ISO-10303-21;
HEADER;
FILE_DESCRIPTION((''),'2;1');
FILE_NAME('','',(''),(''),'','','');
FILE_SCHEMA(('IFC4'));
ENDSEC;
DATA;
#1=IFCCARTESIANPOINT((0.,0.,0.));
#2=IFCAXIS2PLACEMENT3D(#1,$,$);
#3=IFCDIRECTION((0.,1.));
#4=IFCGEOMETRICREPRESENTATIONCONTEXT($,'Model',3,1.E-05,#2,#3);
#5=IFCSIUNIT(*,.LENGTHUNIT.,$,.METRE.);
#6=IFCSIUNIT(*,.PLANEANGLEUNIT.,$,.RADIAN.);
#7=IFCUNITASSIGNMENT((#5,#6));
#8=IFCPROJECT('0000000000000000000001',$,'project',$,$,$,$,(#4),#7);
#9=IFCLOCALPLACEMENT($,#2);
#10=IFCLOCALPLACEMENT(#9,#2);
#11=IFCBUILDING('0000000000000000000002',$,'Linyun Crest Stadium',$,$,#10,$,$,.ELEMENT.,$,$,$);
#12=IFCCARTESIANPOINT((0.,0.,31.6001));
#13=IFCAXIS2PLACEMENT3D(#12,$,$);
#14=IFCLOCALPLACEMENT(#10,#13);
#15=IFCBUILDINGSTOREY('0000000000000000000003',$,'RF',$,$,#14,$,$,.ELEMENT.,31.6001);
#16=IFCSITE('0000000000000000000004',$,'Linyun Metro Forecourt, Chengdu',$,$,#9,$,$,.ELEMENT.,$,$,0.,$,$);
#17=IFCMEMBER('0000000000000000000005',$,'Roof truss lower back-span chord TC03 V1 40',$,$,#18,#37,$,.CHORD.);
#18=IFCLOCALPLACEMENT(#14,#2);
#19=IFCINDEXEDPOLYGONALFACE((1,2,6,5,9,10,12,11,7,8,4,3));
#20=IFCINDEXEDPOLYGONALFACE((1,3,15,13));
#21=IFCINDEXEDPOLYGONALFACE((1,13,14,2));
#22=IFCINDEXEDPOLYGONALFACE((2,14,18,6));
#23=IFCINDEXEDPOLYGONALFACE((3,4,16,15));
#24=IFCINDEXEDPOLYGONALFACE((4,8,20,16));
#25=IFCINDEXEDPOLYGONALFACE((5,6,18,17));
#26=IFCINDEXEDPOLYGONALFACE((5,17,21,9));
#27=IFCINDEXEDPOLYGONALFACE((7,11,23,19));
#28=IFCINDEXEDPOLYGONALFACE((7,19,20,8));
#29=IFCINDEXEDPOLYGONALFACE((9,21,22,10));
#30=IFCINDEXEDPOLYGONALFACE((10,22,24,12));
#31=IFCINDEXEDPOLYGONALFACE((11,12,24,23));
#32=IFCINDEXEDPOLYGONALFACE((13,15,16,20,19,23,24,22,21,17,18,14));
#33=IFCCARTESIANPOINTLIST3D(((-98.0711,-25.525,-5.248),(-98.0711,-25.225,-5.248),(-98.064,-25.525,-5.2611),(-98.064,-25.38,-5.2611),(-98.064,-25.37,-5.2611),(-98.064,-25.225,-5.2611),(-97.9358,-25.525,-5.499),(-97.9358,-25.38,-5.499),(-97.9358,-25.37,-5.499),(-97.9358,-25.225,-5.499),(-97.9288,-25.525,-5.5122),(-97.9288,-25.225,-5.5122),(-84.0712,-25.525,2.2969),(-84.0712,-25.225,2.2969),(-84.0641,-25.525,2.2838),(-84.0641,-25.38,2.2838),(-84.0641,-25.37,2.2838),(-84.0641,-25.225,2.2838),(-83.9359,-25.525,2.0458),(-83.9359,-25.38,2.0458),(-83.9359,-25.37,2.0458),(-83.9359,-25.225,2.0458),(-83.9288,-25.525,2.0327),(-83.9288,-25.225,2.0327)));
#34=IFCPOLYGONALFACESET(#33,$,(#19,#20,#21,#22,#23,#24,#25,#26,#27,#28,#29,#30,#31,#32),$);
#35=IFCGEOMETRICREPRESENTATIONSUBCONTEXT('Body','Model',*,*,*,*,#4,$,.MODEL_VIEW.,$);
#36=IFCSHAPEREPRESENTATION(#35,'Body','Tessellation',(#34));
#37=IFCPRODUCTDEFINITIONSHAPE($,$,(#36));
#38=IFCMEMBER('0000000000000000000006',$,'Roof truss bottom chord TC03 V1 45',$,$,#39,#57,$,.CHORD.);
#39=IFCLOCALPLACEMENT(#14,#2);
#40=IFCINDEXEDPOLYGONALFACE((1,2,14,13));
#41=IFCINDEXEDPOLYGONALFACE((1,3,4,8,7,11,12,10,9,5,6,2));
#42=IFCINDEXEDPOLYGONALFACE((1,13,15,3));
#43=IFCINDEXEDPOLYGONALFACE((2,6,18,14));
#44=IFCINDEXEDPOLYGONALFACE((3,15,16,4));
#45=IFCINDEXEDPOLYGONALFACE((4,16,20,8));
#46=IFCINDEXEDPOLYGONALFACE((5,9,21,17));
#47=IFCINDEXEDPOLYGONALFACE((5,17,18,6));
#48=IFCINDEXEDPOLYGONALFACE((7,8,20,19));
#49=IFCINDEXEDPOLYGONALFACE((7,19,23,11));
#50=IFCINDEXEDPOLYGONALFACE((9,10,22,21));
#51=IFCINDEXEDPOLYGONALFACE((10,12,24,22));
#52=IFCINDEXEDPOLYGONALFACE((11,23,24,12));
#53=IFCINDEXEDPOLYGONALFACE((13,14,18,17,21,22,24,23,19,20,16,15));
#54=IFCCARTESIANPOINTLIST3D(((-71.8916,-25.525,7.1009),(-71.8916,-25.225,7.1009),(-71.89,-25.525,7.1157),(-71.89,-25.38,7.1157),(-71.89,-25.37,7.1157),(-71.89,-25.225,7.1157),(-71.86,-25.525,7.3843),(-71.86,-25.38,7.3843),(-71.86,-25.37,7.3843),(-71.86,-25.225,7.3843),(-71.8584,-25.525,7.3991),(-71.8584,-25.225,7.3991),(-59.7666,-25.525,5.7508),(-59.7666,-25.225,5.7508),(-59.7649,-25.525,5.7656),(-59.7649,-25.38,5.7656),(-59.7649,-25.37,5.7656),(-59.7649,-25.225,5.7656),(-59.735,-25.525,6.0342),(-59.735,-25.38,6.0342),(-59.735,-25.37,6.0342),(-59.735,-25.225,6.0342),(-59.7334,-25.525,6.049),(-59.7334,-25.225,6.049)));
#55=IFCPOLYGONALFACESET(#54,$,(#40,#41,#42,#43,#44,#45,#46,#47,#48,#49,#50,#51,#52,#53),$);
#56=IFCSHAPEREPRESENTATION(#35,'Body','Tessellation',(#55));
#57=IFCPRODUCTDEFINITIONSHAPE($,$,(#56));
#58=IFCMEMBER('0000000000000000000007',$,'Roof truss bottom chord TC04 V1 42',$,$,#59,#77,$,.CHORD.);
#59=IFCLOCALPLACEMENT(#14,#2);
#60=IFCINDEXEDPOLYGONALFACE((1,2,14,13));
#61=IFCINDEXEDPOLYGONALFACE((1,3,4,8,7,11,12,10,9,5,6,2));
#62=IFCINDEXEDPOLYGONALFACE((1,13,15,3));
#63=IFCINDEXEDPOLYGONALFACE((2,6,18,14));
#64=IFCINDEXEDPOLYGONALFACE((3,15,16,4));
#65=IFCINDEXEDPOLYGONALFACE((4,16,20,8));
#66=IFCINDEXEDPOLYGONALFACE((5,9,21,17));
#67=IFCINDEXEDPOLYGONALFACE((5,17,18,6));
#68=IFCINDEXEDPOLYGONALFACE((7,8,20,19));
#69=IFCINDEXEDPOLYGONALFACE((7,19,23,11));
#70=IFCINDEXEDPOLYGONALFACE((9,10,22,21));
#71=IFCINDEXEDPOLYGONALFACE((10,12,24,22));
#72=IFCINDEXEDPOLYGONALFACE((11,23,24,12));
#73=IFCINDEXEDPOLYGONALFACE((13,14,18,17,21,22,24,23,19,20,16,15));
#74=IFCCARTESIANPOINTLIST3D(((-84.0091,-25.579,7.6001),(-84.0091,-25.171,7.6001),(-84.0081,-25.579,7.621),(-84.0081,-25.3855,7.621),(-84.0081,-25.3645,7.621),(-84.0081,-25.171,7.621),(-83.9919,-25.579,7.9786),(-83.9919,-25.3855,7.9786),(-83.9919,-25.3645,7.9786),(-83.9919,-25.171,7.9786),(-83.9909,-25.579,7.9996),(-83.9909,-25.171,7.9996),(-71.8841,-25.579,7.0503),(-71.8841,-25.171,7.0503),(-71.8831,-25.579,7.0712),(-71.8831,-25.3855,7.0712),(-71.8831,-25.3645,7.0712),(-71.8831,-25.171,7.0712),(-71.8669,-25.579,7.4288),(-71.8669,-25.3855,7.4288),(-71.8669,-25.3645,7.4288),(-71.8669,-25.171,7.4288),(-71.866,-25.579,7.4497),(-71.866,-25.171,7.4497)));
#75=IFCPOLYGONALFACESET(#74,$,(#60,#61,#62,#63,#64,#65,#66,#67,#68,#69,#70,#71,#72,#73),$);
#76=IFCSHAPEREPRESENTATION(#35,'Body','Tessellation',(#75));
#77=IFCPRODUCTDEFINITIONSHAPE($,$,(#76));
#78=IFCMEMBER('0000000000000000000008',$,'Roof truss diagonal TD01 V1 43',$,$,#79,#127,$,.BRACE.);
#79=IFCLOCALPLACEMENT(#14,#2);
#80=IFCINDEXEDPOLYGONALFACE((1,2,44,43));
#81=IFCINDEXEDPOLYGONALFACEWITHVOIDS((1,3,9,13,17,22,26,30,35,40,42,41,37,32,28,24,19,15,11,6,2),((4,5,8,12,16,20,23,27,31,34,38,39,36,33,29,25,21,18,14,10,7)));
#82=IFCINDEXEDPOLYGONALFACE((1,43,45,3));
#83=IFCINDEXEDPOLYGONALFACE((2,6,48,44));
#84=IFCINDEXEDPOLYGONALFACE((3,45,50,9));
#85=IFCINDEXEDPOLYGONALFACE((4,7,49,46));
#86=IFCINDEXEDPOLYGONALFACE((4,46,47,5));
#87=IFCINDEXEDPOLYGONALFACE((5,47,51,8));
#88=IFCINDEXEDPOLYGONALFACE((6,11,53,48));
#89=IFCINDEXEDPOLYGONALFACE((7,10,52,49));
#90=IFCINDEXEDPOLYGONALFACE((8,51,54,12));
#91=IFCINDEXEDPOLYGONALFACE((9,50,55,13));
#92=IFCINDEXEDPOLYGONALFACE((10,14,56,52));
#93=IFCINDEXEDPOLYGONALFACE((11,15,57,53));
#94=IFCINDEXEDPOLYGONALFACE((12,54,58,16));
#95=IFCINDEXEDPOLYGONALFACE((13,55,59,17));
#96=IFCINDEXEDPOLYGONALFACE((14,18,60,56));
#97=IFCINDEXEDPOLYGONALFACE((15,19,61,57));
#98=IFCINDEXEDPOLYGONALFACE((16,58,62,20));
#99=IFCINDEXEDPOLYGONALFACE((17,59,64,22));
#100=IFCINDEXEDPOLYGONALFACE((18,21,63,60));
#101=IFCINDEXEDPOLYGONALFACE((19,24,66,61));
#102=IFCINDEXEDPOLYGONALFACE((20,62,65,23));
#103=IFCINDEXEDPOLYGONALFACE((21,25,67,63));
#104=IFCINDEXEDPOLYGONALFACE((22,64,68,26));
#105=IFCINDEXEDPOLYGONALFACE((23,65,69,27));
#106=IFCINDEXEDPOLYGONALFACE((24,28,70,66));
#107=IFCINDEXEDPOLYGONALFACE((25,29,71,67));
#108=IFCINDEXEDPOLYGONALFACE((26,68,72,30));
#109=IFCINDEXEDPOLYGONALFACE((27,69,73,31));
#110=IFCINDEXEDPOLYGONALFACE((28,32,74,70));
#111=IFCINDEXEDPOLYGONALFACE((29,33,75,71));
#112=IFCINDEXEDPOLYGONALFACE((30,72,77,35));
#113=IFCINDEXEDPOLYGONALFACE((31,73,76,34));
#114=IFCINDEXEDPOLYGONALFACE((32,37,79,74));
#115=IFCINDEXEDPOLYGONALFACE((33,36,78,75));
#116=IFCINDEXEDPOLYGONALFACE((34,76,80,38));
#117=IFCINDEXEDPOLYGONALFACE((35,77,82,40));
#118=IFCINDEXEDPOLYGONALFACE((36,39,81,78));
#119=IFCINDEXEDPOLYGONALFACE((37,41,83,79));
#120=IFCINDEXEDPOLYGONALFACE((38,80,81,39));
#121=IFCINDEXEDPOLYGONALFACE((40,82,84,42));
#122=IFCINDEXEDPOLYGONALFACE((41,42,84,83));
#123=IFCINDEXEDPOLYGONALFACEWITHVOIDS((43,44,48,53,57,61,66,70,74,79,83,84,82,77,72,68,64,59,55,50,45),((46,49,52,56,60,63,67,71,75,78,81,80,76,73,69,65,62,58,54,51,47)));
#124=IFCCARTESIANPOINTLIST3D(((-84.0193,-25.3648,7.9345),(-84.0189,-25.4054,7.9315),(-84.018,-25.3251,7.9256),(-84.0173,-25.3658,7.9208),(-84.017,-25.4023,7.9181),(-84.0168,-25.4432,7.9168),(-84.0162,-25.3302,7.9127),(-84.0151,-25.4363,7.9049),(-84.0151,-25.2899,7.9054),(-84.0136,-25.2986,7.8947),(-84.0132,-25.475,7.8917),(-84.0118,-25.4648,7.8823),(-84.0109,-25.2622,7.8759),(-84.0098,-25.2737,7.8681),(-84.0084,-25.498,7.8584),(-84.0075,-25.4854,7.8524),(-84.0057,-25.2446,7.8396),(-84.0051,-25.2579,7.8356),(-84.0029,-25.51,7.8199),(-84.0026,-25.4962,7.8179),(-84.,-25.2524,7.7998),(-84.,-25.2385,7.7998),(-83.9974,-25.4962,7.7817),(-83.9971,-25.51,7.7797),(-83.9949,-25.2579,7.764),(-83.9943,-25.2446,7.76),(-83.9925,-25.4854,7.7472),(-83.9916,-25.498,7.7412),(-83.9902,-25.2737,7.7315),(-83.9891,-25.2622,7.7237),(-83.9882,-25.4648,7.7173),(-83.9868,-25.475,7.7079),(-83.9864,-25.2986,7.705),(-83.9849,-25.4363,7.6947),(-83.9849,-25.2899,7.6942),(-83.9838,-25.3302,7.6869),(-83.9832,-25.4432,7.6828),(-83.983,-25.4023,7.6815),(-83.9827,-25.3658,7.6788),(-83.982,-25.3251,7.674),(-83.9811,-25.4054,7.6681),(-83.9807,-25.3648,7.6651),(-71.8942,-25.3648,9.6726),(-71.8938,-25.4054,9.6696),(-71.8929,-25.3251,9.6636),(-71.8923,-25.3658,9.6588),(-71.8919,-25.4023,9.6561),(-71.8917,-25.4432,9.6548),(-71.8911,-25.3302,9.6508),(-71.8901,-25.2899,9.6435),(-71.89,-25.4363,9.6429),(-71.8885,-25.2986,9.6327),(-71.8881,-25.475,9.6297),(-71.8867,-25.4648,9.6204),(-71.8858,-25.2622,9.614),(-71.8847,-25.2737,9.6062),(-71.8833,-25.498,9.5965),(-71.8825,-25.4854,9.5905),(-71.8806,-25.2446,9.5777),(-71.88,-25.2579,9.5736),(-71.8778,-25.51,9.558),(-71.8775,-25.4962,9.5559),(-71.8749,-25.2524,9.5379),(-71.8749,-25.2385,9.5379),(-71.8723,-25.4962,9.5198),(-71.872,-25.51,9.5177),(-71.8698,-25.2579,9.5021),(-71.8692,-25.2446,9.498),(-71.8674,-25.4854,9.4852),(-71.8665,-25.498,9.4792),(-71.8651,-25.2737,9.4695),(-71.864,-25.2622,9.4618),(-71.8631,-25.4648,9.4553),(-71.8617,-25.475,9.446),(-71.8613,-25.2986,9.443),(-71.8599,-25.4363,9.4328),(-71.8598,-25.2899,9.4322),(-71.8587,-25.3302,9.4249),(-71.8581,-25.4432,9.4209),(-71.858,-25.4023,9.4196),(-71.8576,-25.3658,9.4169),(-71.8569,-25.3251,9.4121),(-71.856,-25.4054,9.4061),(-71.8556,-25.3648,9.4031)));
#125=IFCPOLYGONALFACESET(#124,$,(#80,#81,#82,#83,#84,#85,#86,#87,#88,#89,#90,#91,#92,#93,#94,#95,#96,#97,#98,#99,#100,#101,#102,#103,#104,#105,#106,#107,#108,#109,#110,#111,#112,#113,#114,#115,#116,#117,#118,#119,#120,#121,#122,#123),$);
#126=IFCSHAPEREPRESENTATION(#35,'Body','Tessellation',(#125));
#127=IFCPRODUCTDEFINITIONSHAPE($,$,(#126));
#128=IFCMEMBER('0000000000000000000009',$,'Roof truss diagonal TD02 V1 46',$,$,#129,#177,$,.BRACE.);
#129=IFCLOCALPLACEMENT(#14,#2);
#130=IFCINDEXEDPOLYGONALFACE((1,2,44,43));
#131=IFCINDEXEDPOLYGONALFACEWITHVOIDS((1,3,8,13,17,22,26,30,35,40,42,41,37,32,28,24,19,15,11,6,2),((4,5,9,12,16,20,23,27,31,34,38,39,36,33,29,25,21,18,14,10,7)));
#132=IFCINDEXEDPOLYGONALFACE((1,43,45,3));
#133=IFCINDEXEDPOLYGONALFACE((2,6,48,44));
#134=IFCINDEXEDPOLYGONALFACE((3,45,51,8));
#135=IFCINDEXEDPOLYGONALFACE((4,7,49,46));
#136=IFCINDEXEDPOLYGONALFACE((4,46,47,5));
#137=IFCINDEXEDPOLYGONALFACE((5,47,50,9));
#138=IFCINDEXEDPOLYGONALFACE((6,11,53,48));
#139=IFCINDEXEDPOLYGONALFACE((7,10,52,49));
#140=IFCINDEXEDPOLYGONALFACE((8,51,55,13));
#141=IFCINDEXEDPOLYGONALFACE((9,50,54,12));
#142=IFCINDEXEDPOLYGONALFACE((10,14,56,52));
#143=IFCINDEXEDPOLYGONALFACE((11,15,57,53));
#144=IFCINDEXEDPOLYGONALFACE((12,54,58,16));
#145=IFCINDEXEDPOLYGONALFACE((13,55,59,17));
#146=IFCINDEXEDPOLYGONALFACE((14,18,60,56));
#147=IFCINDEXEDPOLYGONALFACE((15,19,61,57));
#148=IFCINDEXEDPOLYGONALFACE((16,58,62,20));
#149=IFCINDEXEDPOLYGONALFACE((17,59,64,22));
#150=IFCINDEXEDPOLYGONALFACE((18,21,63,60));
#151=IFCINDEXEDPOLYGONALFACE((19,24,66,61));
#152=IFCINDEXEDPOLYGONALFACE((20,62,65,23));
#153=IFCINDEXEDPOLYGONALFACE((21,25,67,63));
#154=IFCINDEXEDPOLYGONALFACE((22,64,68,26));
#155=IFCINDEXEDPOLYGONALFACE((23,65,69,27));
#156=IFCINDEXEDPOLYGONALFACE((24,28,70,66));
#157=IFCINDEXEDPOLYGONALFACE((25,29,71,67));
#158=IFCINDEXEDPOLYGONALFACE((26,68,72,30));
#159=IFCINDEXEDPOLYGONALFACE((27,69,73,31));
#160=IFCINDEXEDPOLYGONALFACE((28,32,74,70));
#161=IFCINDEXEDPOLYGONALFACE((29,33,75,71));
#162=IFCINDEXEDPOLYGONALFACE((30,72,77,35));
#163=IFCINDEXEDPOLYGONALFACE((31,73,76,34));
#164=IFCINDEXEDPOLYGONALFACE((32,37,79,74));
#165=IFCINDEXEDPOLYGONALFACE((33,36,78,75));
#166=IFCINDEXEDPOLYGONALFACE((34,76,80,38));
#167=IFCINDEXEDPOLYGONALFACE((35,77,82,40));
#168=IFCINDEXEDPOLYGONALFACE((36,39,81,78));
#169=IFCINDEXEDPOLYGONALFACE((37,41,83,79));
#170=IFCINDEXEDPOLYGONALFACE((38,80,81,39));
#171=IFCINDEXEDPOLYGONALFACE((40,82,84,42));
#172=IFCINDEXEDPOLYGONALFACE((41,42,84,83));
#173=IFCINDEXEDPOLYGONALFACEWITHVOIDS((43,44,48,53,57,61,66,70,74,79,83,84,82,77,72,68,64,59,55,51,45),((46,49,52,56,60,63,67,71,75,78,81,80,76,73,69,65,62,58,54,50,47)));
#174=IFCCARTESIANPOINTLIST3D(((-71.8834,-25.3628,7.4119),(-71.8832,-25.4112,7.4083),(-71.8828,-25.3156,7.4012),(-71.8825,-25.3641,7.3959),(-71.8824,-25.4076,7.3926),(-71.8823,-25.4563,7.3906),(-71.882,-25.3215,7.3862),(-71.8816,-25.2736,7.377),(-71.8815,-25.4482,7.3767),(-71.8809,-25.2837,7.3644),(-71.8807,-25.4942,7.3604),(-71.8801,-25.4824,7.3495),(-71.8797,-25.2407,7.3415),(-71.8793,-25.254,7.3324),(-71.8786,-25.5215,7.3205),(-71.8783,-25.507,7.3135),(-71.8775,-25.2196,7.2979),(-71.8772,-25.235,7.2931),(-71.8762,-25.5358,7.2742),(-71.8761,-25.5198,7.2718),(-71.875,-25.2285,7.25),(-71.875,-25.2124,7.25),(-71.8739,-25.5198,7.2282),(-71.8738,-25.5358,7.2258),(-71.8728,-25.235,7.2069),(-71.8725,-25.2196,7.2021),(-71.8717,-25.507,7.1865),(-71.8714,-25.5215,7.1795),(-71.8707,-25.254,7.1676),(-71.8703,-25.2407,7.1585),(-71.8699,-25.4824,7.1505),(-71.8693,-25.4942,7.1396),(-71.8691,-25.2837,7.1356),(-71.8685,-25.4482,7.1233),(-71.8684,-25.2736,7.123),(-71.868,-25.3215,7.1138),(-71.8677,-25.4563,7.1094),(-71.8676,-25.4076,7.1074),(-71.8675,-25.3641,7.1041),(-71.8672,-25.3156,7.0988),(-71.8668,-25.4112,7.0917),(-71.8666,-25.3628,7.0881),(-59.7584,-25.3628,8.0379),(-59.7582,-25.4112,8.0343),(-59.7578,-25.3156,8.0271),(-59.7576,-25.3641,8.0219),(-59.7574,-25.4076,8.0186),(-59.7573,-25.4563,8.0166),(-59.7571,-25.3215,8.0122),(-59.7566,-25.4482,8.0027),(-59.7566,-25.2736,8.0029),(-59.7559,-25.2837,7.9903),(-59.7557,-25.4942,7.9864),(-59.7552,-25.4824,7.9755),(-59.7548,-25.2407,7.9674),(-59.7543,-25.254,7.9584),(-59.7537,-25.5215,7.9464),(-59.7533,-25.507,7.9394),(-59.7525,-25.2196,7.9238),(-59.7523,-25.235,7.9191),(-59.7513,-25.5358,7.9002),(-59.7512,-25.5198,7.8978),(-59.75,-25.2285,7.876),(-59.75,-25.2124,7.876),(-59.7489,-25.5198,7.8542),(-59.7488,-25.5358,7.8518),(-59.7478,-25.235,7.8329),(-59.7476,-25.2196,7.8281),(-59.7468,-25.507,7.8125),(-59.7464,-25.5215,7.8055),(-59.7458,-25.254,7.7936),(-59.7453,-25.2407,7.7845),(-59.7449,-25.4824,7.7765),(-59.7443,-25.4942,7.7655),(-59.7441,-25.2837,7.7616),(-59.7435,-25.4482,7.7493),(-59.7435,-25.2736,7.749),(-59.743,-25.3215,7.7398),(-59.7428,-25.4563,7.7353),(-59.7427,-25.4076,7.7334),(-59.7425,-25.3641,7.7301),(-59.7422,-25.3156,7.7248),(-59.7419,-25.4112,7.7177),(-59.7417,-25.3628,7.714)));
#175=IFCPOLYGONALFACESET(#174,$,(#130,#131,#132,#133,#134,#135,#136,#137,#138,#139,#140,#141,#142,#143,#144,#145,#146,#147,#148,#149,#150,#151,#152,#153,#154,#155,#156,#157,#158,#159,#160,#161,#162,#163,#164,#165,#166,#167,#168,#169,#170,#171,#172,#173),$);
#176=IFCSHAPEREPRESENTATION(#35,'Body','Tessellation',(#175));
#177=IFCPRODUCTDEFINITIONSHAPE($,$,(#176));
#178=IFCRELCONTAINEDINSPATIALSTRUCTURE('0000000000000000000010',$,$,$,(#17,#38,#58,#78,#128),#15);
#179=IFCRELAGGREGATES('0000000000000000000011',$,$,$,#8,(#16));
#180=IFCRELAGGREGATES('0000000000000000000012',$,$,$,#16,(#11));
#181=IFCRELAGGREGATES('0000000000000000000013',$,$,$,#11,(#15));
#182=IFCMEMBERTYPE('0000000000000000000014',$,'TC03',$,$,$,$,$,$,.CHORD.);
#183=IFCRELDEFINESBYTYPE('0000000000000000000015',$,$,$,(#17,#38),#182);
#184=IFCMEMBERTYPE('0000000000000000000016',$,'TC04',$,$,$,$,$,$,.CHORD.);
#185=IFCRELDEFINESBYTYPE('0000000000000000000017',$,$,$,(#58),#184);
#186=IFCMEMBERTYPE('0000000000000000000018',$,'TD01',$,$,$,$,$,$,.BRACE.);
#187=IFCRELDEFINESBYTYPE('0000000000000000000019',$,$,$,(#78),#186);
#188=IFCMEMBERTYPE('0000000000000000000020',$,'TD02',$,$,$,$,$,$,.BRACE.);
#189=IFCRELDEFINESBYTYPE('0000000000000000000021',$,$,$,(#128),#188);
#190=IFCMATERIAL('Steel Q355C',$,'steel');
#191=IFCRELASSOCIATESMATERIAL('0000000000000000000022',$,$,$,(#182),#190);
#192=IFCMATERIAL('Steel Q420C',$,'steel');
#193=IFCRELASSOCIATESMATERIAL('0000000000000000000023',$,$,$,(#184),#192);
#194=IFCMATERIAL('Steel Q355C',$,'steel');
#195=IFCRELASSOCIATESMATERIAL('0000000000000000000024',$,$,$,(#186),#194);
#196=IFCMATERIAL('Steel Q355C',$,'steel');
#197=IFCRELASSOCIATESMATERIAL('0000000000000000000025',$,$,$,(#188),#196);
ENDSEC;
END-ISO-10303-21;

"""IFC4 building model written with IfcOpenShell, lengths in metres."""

from ifc_helpers import new_model, si_unit, direction, frame, origin, origin_2d, place, context, subcontext, project, spatial, hollow_circle, i_section, extrude, material, material_profile, profile_set, type_object, element, save


model = new_model("IFC4")

# Units and contexts
model_context = context("Model", 3, precision=1e-05, world=origin(), true_north=direction((0.0, 1.0)))
body_context = subcontext(model_context, "Body", "Model", "MODEL_VIEW")
ifc_project = project(units=[si_unit("LENGTHUNIT", "METRE"), si_unit("PLANEANGLEUNIT", "RADIAN")], contexts=[model_context])

# Site, building, storey
site_placement = place(None, origin())
site = spatial("IfcSite", under=ifc_project, at=site_placement, Name="Linyun Metro Forecourt, Chengdu", CompositionType="ELEMENT", RefElevation=0.0)
building_placement = place(site_placement, origin())
building = spatial("IfcBuilding", under=site, at=building_placement, Name="Linyun Crest Stadium", CompositionType="ELEMENT")
storey_placement = place(building_placement, frame((0.0, 0.0, 31.6001)))
storey = spatial("IfcBuildingStorey", under=building, at=storey_placement, Name="RF", CompositionType="ELEMENT", Elevation=31.6001)

# Members
ifc_material_1 = material(Name="Steel Q355C", Category="steel")
ifc_material_profile_1 = material_profile(ifc_material_1, i_section(OverallWidth=0.3, OverallDepth=0.3, WebThickness=0.01, FlangeThickness=0.0149, at=origin_2d()), Name="HW 300x300")
ifc_profile_set_1 = profile_set([ifc_material_profile_1], Name="Steel Q355C")
member_type_1 = type_object("IfcMemberType", Name="TC03", PredefinedType="CHORD", material=ifc_profile_set_1)
member_1_placement = place(storey_placement, frame((-84.0, -25.375, 2.1648), z_axis=(-0.880301, 0.0, -0.474415), x_axis=(0.0, -1.0, 0.0)))
element("IfcMember", 1, at=member_1_placement, inside=storey, type_object=member_type_1, Name="Roof truss lower back-span chord TC03 V1 40", PredefinedType="CHORD", context=body_context, shape_type="SweptSolid", body=[
    extrude(i_section(OverallWidth=0.3, OverallDepth=0.3, WebThickness=0.01, FlangeThickness=0.0149, at=origin_2d()), origin(), (0.0, 0.0, 1.0), 15.9036),
])
member_2_placement = place(storey_placement, frame((-71.875, -25.375, 7.25), z_axis=(0.993858, 0.0, -0.110664), x_axis=(0.0, 1.0, 0.0)))
element("IfcMember", 2, at=member_2_placement, inside=storey, type_object=member_type_1, Name="Roof truss bottom chord TC03 V1 45", PredefinedType="CHORD", context=body_context, shape_type="SweptSolid", body=[
    extrude(i_section(OverallWidth=0.3, OverallDepth=0.3, WebThickness=0.01, FlangeThickness=0.0149, at=origin_2d()), origin(), (0.0, 0.0, 1.0), 12.2),
])
ifc_material_2 = material(Name="Steel Q420C", Category="steel")
ifc_material_profile_2 = material_profile(ifc_material_2, i_section(OverallWidth=0.408, OverallDepth=0.3999, WebThickness=0.021, FlangeThickness=0.021, at=origin_2d()), Name="HW 400x408")
ifc_profile_set_2 = profile_set([ifc_material_profile_2], Name="Steel Q420C")
member_type_2 = type_object("IfcMemberType", Name="TC04", PredefinedType="CHORD", material=ifc_profile_set_2)
member_3_placement = place(storey_placement, frame((-84.0, -25.375, 7.7998), z_axis=(0.998974, 0.0, -0.045298), x_axis=(0.0, 1.0, 0.0)))
element("IfcMember", 3, at=member_3_placement, inside=storey, type_object=member_type_2, Name="Roof truss bottom chord TC04 V1 42", PredefinedType="CHORD", context=body_context, shape_type="SweptSolid", body=[
    extrude(i_section(OverallWidth=0.408, OverallDepth=0.3999, WebThickness=0.021, FlangeThickness=0.021, at=origin_2d()), origin(), (0.0, 0.0, 1.0), 12.1375),
])
ifc_material_3 = material(Name="Steel Q355C", Category="steel")
ifc_material_profile_3 = material_profile(ifc_material_3, hollow_circle(Radius=0.1365, WallThickness=0.0139, at=origin_2d()), Name="CHS 273x14")
ifc_profile_set_3 = profile_set([ifc_material_profile_3], Name="Steel Q355C")
member_type_3 = type_object("IfcMemberType", Name="TD01", PredefinedType="BRACE", material=ifc_profile_set_3)
member_4_placement = place(storey_placement, frame((-84.0, -25.375, 7.7998), z_axis=(0.989882, 0.0, 0.141893), x_axis=(0.0, 1.0, 0.0)))
element("IfcMember", 4, at=member_4_placement, inside=storey, type_object=member_type_3, Name="Roof truss diagonal TD01 V1 43", PredefinedType="BRACE", context=body_context, shape_type="SweptSolid", body=[
    extrude(hollow_circle(Radius=0.1365, WallThickness=0.0139, at=origin_2d()), origin(), (0.0, 0.0, 1.0), 12.249),
])
ifc_material_4 = material(Name="Steel Q355C", Category="steel")
ifc_material_profile_4 = material_profile(ifc_material_4, hollow_circle(Radius=0.1626, WallThickness=0.0161, at=origin_2d()), Name="CHS 325x16")
ifc_profile_set_4 = profile_set([ifc_material_profile_4], Name="Steel Q355C")
member_type_4 = type_object("IfcMemberType", Name="TD02", PredefinedType="BRACE", material=ifc_profile_set_4)
member_5_placement = place(storey_placement, frame((-71.875, -25.375, 7.25), z_axis=(0.99867, 0.0, 0.051558), x_axis=(0.0, 1.0, 0.0)))
element("IfcMember", 5, at=member_5_placement, inside=storey, type_object=member_type_4, Name="Roof truss diagonal TD02 V1 46", PredefinedType="BRACE", context=body_context, shape_type="SweptSolid", body=[
    extrude(hollow_circle(Radius=0.1626, WallThickness=0.0161, at=origin_2d()), origin(), (0.0, 0.0, 1.0), 12.1411),
])

save(model, "model.ifc")
